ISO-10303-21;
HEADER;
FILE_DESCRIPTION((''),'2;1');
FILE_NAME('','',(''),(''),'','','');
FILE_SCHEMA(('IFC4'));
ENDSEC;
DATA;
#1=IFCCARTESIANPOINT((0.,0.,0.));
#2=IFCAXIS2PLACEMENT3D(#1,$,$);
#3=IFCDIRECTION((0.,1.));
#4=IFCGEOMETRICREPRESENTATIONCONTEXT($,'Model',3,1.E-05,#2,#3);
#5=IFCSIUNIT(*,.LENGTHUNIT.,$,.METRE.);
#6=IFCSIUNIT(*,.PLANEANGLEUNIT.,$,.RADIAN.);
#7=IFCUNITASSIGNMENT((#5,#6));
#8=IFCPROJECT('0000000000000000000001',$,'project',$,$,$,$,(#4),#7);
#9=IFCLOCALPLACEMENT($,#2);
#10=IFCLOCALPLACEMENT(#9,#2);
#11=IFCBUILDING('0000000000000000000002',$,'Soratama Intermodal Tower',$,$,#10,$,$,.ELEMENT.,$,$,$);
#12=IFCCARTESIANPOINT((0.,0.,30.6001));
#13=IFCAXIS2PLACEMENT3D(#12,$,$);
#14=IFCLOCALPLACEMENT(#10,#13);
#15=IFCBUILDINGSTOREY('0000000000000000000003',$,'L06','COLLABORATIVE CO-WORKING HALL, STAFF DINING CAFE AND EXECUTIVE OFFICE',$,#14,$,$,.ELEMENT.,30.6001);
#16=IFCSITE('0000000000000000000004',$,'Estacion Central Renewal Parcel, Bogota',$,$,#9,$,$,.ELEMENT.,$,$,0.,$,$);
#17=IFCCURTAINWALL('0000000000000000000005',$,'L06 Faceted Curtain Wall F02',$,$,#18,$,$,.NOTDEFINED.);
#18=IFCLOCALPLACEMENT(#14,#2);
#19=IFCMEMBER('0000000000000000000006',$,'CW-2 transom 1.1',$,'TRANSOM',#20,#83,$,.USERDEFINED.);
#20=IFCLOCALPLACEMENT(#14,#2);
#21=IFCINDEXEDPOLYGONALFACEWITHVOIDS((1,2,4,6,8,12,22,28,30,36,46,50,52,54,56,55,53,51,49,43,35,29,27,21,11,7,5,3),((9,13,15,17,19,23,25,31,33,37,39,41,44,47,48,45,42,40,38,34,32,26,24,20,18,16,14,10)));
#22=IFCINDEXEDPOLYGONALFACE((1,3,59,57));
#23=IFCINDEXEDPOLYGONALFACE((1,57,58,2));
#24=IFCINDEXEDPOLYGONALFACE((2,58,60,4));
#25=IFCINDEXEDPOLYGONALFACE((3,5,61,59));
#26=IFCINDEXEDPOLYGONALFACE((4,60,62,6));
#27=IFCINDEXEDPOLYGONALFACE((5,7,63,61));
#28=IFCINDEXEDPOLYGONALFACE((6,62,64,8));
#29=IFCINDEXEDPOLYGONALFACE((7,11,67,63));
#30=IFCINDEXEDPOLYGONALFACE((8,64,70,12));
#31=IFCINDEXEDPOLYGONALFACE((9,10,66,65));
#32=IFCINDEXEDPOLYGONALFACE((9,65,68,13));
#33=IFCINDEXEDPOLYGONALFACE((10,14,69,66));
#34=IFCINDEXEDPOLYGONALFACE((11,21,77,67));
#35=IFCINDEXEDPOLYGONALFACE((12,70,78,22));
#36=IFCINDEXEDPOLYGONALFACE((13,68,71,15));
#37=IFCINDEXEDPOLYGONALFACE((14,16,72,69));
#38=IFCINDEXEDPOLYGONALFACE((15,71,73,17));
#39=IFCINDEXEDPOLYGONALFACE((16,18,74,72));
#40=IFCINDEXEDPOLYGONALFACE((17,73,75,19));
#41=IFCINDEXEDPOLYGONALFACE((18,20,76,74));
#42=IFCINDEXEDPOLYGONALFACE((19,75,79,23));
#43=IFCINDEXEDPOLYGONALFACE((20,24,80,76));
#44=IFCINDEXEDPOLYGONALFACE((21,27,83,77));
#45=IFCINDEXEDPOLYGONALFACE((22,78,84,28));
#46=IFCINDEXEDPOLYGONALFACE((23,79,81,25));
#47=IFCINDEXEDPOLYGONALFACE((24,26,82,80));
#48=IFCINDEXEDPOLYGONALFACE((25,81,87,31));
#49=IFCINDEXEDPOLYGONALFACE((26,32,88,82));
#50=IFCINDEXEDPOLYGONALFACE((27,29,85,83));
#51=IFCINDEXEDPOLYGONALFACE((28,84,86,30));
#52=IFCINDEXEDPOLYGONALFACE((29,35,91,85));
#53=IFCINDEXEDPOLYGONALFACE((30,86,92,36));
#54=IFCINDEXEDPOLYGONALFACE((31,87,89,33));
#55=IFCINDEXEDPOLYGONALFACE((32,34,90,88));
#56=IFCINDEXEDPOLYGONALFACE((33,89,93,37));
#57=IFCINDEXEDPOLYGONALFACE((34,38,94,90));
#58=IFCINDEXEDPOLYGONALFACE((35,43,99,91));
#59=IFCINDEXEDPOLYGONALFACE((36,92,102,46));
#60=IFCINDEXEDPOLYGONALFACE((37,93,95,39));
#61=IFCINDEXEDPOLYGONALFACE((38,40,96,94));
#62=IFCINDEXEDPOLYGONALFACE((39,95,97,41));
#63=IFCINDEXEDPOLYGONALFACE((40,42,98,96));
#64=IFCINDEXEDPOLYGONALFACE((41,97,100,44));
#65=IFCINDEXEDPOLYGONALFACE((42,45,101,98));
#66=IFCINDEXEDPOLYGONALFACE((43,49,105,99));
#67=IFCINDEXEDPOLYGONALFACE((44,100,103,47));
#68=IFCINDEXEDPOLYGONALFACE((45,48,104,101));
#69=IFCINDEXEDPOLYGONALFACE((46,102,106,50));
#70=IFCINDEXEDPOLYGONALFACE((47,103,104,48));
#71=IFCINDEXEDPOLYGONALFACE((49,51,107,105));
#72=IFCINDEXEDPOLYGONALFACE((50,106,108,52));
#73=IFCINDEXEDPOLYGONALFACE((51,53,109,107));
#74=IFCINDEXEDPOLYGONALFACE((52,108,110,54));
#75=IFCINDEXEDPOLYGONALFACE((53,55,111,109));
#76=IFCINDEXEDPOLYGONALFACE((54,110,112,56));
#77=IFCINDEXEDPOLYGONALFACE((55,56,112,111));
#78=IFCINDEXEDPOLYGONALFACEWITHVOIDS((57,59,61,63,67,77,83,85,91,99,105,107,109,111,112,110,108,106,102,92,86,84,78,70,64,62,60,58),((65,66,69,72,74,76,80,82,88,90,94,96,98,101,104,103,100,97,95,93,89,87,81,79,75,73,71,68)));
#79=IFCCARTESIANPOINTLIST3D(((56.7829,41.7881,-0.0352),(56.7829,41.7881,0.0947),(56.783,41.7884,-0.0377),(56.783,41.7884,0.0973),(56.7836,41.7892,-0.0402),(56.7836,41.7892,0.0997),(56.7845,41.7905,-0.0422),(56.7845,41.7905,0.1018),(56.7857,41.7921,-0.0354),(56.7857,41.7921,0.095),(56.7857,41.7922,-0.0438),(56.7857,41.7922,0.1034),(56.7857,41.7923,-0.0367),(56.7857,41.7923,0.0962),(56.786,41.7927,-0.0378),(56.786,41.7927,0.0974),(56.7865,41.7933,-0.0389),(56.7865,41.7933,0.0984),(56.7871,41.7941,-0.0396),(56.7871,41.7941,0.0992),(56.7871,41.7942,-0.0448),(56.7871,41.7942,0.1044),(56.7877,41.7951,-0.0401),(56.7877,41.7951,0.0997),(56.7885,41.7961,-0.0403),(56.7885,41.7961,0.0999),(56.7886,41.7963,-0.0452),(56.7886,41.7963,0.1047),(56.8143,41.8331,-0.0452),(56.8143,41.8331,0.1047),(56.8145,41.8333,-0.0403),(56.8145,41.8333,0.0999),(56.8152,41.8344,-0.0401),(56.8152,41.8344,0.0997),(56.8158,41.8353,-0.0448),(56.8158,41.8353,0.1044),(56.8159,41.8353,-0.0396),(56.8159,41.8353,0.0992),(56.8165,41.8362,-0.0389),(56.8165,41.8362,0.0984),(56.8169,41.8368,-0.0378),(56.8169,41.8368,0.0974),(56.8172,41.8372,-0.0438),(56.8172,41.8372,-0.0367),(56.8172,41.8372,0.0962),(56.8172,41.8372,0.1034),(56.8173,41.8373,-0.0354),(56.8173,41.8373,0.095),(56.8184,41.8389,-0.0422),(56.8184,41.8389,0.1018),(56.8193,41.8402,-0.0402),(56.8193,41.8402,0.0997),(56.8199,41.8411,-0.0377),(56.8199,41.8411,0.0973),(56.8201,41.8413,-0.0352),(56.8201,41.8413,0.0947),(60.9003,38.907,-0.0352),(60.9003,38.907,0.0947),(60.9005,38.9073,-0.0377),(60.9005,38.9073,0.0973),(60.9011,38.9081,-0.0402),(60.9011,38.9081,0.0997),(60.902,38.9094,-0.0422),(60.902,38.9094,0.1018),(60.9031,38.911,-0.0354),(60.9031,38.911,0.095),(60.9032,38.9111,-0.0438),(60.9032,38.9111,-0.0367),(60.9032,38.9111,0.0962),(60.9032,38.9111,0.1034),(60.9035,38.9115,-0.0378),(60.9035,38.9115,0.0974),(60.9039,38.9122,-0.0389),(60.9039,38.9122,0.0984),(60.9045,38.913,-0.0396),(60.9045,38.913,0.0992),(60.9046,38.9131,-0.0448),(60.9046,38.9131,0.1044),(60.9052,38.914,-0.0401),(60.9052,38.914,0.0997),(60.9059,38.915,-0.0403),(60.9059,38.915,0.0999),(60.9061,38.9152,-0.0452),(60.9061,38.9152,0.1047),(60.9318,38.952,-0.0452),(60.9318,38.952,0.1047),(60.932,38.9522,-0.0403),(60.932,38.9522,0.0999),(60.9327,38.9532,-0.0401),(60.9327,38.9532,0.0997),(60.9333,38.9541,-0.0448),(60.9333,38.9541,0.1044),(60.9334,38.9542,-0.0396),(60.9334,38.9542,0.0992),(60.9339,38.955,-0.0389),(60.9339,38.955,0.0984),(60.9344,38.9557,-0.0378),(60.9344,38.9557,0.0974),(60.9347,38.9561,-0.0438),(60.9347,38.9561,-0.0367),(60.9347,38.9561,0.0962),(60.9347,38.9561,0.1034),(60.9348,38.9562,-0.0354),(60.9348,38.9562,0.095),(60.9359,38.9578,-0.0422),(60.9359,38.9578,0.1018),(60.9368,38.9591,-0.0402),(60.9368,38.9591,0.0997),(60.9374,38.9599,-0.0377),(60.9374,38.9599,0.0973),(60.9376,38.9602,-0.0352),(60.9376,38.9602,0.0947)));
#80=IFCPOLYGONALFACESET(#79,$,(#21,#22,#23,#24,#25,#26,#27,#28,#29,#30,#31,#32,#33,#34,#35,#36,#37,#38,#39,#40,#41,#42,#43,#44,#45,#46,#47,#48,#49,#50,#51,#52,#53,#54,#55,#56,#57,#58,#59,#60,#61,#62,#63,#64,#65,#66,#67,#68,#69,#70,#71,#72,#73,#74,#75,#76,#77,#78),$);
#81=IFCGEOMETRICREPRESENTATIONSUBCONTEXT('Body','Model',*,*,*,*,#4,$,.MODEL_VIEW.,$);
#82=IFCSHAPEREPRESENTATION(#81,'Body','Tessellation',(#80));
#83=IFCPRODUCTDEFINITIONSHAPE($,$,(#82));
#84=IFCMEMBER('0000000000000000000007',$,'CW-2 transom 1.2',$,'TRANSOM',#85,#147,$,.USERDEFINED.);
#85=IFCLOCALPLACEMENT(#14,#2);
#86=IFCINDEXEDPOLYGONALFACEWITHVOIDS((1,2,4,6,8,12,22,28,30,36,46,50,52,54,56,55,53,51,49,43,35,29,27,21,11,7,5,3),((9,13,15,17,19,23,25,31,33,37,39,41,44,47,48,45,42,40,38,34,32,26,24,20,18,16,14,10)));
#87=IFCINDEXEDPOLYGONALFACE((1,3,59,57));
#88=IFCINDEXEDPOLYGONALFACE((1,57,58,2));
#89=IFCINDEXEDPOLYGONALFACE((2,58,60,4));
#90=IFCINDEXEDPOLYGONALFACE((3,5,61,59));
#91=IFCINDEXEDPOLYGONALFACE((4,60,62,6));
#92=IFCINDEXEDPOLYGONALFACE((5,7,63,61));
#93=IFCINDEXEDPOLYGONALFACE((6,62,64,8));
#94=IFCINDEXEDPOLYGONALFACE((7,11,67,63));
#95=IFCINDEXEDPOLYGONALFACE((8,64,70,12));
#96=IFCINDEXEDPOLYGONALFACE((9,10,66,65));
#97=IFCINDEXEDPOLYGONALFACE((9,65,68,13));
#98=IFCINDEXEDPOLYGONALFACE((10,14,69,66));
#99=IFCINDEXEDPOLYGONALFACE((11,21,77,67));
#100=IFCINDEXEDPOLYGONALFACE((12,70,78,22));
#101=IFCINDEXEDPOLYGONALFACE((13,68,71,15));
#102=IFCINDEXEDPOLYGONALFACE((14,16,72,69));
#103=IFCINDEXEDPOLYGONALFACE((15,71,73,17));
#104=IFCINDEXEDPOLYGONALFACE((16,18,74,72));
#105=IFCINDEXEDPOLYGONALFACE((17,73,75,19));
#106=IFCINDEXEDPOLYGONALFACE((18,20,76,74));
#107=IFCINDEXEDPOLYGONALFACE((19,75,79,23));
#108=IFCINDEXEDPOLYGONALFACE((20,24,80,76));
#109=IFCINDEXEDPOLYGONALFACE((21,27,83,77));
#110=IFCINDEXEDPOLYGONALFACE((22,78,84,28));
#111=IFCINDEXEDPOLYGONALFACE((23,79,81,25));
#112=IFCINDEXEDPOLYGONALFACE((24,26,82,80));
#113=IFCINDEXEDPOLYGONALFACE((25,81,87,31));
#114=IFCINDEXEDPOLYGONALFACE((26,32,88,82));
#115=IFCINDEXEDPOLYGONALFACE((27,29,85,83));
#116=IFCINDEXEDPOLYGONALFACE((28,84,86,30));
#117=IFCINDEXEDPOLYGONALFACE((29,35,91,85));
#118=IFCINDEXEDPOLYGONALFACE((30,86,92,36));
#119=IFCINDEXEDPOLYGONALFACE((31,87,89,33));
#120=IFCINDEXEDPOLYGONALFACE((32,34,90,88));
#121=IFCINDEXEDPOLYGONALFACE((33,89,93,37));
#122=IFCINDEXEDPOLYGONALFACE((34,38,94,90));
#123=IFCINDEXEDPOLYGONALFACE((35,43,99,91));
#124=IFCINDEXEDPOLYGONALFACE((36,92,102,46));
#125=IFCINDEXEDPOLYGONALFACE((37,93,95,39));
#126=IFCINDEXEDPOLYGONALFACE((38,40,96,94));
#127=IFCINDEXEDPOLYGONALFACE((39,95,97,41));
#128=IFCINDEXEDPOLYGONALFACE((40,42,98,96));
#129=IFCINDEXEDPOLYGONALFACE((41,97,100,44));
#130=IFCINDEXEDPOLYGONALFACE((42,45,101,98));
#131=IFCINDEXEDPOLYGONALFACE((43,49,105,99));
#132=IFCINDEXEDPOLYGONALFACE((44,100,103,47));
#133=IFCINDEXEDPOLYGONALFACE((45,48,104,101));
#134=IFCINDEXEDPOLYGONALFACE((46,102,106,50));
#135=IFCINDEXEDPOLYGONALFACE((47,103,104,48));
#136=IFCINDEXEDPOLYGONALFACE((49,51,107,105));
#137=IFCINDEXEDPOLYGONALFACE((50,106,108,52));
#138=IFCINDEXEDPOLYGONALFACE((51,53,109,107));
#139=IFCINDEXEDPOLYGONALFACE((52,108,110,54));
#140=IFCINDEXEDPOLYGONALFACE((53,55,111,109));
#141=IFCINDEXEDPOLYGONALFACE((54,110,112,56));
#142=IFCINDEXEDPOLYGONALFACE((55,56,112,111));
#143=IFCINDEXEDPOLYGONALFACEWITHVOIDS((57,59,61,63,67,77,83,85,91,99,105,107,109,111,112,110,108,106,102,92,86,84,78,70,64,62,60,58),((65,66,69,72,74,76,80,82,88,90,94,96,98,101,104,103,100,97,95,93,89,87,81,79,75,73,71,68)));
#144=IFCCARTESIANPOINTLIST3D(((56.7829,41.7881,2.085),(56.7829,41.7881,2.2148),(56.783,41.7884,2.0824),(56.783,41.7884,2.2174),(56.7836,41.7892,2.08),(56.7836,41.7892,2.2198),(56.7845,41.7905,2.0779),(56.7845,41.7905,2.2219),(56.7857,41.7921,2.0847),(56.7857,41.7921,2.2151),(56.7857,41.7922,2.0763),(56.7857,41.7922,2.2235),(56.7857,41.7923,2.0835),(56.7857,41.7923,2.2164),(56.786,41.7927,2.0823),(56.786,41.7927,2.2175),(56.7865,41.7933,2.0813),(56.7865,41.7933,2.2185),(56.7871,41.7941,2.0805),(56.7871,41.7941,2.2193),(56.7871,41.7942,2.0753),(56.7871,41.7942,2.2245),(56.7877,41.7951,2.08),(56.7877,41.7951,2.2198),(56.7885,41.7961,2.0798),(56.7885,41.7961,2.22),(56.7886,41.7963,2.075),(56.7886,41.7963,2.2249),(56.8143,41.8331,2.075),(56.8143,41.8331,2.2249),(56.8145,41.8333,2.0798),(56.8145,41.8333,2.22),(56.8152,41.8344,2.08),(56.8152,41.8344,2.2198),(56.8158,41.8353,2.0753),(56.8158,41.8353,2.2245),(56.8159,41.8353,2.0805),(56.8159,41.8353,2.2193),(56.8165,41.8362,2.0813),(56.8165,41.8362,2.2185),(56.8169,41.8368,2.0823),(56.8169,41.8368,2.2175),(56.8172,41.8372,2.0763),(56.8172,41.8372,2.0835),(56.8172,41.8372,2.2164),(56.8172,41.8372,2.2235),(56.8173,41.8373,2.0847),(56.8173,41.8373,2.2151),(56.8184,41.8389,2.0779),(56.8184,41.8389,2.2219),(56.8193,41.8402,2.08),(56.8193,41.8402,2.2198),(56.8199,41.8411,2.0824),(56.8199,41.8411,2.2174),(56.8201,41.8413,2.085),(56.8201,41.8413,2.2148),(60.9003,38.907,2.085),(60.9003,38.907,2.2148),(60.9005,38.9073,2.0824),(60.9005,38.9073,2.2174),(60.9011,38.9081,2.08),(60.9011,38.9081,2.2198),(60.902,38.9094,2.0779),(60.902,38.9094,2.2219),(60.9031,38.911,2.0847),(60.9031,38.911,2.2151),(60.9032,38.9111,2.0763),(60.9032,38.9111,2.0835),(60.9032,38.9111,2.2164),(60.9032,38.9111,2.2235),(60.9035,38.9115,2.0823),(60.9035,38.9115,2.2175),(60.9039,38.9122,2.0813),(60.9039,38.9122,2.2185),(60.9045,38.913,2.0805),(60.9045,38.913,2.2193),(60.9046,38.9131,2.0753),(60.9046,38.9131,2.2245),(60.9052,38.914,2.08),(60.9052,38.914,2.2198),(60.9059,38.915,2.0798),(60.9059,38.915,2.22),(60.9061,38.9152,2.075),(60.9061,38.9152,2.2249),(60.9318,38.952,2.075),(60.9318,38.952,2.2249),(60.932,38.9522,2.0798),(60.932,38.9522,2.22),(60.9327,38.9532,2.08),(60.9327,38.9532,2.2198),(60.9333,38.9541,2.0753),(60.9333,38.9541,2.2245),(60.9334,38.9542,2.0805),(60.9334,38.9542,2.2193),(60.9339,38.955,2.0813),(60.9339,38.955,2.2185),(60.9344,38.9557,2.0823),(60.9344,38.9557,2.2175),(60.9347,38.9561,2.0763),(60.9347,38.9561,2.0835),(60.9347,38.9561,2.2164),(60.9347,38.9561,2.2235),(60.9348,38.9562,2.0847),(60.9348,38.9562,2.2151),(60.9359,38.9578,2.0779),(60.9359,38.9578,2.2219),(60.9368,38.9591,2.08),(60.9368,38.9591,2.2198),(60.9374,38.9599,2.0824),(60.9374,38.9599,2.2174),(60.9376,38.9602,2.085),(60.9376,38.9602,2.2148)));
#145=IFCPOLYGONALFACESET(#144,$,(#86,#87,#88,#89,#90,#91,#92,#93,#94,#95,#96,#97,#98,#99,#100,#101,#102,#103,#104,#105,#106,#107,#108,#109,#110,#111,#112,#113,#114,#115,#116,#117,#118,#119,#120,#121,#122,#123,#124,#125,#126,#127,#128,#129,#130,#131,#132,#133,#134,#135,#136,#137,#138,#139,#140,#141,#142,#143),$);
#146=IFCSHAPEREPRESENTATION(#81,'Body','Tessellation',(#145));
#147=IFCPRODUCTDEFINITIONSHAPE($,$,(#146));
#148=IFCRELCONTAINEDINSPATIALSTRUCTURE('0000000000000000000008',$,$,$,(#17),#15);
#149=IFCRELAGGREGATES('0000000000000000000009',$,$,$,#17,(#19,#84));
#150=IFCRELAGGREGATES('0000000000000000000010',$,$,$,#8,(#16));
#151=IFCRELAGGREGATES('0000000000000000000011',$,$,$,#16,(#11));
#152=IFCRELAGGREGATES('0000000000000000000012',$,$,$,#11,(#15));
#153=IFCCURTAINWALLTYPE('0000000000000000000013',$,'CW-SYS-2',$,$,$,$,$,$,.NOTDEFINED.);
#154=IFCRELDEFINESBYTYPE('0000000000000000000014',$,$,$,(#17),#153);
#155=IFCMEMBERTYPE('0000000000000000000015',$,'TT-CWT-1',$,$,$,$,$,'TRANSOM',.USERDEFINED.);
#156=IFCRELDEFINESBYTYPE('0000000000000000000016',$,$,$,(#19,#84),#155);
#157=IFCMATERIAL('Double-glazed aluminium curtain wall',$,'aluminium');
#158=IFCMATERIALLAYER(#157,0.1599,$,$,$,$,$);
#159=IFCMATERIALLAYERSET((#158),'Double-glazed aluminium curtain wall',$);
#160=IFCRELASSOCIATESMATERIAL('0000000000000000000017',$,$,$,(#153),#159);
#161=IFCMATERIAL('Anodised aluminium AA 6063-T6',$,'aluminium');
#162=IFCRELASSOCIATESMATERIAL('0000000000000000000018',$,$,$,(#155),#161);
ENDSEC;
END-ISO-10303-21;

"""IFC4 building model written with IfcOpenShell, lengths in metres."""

from ifc_helpers import new_model, si_unit, direction, frame, origin, origin_2d, place, context, subcontext, project, spatial, hollow_rectangle, extrude, material, layer, layer_set, material_profile, profile_set, type_object, element, aggregate, save


model = new_model("IFC4")

# Units and contexts
model_context = context("Model", 3, precision=1e-05, world=origin(), true_north=direction((0.0, 1.0)))
body_context = subcontext(model_context, "Body", "Model", "MODEL_VIEW")
ifc_project = project(units=[si_unit("LENGTHUNIT", "METRE"), si_unit("PLANEANGLEUNIT", "RADIAN")], contexts=[model_context])

# Site, building, storey
site_placement = place(None, origin())
site = spatial("IfcSite", under=ifc_project, at=site_placement, Name="Estacion Central Renewal Parcel, Bogota", CompositionType="ELEMENT", RefElevation=0.0)
building_placement = place(site_placement, origin())
building = spatial("IfcBuilding", under=site, at=building_placement, Name="Soratama Intermodal Tower", CompositionType="ELEMENT")
storey_placement = place(building_placement, frame((0.0, 0.0, 30.6001)))
storey = spatial("IfcBuildingStorey", under=building, at=storey_placement, Name="L06", Description="COLLABORATIVE CO-WORKING HALL, STAFF DINING CAFE AND EXECUTIVE OFFICE", CompositionType="ELEMENT", Elevation=30.6001)

# Curtain wall, members
ifc_material_1 = material(Name="Double-glazed aluminium curtain wall", Category="aluminium")
ifc_layer_1 = layer(ifc_material_1, 0.1599)
ifc_layer_set_1 = layer_set([ifc_layer_1], Name="Double-glazed aluminium curtain wall")
curtain_wall_type = type_object("IfcCurtainWallType", Name="CW-SYS-2", PredefinedType="NOTDEFINED", material=ifc_layer_set_1)
curtain_wall_placement = place(storey_placement, origin())
curtain_wall = element("IfcCurtainWall", 1, at=curtain_wall_placement, inside=storey, type_object=curtain_wall_type, Name="L06 Faceted Curtain Wall F02", PredefinedType="NOTDEFINED")
ifc_material_2 = material(Name="Anodised aluminium AA 6063-T6", Category="aluminium")
ifc_material_profile_1 = material_profile(ifc_material_2, hollow_rectangle(XDim=0.0649, YDim=0.1499, WallThickness=0.0049, InnerFilletRadius=0.0049, OuterFilletRadius=0.01, at=origin_2d()), Name="CWT150X65X5")
ifc_profile_set_1 = profile_set([ifc_material_profile_1], Name="Anodised aluminium AA 6063-T6")
member_type_1 = type_object("IfcMemberType", Name="TT-CWT-1", ElementType="TRANSOM", PredefinedType="USERDEFINED", material=ifc_profile_set_1)
member_1_placement = place(storey_placement, frame((60.9189, 38.9336, 0.0298), z_axis=(-0.819335, 0.573316, 0.0), x_axis=(-0.573316, -0.819335, 0.0)))
member_1 = element("IfcMember", 2, at=member_1_placement, type_object=member_type_1, Name="CW-2 transom 1.1", ObjectType="TRANSOM", PredefinedType="USERDEFINED", context=body_context, shape_type="SweptSolid", body=[
    extrude(hollow_rectangle(XDim=0.0649, YDim=0.1499, WallThickness=0.0049, InnerFilletRadius=0.0049, OuterFilletRadius=0.01, at=origin_2d()), origin(), (0.0, 0.0, 1.0), 5.0254),
])
member_2_placement = place(storey_placement, frame((60.9189, 38.9336, 2.1499), z_axis=(-0.819335, 0.573316, 0.0), x_axis=(-0.573316, -0.819335, 0.0)))
member_2 = element("IfcMember", 3, at=member_2_placement, type_object=member_type_1, Name="CW-2 transom 1.2", ObjectType="TRANSOM", PredefinedType="USERDEFINED", context=body_context, shape_type="SweptSolid", body=[
    extrude(hollow_rectangle(XDim=0.0649, YDim=0.1499, WallThickness=0.0049, InnerFilletRadius=0.0049, OuterFilletRadius=0.01, at=origin_2d()), origin(), (0.0, 0.0, 1.0), 5.0254),
])
aggregate(curtain_wall, [member_1, member_2])

save(model, "model.ifc")
